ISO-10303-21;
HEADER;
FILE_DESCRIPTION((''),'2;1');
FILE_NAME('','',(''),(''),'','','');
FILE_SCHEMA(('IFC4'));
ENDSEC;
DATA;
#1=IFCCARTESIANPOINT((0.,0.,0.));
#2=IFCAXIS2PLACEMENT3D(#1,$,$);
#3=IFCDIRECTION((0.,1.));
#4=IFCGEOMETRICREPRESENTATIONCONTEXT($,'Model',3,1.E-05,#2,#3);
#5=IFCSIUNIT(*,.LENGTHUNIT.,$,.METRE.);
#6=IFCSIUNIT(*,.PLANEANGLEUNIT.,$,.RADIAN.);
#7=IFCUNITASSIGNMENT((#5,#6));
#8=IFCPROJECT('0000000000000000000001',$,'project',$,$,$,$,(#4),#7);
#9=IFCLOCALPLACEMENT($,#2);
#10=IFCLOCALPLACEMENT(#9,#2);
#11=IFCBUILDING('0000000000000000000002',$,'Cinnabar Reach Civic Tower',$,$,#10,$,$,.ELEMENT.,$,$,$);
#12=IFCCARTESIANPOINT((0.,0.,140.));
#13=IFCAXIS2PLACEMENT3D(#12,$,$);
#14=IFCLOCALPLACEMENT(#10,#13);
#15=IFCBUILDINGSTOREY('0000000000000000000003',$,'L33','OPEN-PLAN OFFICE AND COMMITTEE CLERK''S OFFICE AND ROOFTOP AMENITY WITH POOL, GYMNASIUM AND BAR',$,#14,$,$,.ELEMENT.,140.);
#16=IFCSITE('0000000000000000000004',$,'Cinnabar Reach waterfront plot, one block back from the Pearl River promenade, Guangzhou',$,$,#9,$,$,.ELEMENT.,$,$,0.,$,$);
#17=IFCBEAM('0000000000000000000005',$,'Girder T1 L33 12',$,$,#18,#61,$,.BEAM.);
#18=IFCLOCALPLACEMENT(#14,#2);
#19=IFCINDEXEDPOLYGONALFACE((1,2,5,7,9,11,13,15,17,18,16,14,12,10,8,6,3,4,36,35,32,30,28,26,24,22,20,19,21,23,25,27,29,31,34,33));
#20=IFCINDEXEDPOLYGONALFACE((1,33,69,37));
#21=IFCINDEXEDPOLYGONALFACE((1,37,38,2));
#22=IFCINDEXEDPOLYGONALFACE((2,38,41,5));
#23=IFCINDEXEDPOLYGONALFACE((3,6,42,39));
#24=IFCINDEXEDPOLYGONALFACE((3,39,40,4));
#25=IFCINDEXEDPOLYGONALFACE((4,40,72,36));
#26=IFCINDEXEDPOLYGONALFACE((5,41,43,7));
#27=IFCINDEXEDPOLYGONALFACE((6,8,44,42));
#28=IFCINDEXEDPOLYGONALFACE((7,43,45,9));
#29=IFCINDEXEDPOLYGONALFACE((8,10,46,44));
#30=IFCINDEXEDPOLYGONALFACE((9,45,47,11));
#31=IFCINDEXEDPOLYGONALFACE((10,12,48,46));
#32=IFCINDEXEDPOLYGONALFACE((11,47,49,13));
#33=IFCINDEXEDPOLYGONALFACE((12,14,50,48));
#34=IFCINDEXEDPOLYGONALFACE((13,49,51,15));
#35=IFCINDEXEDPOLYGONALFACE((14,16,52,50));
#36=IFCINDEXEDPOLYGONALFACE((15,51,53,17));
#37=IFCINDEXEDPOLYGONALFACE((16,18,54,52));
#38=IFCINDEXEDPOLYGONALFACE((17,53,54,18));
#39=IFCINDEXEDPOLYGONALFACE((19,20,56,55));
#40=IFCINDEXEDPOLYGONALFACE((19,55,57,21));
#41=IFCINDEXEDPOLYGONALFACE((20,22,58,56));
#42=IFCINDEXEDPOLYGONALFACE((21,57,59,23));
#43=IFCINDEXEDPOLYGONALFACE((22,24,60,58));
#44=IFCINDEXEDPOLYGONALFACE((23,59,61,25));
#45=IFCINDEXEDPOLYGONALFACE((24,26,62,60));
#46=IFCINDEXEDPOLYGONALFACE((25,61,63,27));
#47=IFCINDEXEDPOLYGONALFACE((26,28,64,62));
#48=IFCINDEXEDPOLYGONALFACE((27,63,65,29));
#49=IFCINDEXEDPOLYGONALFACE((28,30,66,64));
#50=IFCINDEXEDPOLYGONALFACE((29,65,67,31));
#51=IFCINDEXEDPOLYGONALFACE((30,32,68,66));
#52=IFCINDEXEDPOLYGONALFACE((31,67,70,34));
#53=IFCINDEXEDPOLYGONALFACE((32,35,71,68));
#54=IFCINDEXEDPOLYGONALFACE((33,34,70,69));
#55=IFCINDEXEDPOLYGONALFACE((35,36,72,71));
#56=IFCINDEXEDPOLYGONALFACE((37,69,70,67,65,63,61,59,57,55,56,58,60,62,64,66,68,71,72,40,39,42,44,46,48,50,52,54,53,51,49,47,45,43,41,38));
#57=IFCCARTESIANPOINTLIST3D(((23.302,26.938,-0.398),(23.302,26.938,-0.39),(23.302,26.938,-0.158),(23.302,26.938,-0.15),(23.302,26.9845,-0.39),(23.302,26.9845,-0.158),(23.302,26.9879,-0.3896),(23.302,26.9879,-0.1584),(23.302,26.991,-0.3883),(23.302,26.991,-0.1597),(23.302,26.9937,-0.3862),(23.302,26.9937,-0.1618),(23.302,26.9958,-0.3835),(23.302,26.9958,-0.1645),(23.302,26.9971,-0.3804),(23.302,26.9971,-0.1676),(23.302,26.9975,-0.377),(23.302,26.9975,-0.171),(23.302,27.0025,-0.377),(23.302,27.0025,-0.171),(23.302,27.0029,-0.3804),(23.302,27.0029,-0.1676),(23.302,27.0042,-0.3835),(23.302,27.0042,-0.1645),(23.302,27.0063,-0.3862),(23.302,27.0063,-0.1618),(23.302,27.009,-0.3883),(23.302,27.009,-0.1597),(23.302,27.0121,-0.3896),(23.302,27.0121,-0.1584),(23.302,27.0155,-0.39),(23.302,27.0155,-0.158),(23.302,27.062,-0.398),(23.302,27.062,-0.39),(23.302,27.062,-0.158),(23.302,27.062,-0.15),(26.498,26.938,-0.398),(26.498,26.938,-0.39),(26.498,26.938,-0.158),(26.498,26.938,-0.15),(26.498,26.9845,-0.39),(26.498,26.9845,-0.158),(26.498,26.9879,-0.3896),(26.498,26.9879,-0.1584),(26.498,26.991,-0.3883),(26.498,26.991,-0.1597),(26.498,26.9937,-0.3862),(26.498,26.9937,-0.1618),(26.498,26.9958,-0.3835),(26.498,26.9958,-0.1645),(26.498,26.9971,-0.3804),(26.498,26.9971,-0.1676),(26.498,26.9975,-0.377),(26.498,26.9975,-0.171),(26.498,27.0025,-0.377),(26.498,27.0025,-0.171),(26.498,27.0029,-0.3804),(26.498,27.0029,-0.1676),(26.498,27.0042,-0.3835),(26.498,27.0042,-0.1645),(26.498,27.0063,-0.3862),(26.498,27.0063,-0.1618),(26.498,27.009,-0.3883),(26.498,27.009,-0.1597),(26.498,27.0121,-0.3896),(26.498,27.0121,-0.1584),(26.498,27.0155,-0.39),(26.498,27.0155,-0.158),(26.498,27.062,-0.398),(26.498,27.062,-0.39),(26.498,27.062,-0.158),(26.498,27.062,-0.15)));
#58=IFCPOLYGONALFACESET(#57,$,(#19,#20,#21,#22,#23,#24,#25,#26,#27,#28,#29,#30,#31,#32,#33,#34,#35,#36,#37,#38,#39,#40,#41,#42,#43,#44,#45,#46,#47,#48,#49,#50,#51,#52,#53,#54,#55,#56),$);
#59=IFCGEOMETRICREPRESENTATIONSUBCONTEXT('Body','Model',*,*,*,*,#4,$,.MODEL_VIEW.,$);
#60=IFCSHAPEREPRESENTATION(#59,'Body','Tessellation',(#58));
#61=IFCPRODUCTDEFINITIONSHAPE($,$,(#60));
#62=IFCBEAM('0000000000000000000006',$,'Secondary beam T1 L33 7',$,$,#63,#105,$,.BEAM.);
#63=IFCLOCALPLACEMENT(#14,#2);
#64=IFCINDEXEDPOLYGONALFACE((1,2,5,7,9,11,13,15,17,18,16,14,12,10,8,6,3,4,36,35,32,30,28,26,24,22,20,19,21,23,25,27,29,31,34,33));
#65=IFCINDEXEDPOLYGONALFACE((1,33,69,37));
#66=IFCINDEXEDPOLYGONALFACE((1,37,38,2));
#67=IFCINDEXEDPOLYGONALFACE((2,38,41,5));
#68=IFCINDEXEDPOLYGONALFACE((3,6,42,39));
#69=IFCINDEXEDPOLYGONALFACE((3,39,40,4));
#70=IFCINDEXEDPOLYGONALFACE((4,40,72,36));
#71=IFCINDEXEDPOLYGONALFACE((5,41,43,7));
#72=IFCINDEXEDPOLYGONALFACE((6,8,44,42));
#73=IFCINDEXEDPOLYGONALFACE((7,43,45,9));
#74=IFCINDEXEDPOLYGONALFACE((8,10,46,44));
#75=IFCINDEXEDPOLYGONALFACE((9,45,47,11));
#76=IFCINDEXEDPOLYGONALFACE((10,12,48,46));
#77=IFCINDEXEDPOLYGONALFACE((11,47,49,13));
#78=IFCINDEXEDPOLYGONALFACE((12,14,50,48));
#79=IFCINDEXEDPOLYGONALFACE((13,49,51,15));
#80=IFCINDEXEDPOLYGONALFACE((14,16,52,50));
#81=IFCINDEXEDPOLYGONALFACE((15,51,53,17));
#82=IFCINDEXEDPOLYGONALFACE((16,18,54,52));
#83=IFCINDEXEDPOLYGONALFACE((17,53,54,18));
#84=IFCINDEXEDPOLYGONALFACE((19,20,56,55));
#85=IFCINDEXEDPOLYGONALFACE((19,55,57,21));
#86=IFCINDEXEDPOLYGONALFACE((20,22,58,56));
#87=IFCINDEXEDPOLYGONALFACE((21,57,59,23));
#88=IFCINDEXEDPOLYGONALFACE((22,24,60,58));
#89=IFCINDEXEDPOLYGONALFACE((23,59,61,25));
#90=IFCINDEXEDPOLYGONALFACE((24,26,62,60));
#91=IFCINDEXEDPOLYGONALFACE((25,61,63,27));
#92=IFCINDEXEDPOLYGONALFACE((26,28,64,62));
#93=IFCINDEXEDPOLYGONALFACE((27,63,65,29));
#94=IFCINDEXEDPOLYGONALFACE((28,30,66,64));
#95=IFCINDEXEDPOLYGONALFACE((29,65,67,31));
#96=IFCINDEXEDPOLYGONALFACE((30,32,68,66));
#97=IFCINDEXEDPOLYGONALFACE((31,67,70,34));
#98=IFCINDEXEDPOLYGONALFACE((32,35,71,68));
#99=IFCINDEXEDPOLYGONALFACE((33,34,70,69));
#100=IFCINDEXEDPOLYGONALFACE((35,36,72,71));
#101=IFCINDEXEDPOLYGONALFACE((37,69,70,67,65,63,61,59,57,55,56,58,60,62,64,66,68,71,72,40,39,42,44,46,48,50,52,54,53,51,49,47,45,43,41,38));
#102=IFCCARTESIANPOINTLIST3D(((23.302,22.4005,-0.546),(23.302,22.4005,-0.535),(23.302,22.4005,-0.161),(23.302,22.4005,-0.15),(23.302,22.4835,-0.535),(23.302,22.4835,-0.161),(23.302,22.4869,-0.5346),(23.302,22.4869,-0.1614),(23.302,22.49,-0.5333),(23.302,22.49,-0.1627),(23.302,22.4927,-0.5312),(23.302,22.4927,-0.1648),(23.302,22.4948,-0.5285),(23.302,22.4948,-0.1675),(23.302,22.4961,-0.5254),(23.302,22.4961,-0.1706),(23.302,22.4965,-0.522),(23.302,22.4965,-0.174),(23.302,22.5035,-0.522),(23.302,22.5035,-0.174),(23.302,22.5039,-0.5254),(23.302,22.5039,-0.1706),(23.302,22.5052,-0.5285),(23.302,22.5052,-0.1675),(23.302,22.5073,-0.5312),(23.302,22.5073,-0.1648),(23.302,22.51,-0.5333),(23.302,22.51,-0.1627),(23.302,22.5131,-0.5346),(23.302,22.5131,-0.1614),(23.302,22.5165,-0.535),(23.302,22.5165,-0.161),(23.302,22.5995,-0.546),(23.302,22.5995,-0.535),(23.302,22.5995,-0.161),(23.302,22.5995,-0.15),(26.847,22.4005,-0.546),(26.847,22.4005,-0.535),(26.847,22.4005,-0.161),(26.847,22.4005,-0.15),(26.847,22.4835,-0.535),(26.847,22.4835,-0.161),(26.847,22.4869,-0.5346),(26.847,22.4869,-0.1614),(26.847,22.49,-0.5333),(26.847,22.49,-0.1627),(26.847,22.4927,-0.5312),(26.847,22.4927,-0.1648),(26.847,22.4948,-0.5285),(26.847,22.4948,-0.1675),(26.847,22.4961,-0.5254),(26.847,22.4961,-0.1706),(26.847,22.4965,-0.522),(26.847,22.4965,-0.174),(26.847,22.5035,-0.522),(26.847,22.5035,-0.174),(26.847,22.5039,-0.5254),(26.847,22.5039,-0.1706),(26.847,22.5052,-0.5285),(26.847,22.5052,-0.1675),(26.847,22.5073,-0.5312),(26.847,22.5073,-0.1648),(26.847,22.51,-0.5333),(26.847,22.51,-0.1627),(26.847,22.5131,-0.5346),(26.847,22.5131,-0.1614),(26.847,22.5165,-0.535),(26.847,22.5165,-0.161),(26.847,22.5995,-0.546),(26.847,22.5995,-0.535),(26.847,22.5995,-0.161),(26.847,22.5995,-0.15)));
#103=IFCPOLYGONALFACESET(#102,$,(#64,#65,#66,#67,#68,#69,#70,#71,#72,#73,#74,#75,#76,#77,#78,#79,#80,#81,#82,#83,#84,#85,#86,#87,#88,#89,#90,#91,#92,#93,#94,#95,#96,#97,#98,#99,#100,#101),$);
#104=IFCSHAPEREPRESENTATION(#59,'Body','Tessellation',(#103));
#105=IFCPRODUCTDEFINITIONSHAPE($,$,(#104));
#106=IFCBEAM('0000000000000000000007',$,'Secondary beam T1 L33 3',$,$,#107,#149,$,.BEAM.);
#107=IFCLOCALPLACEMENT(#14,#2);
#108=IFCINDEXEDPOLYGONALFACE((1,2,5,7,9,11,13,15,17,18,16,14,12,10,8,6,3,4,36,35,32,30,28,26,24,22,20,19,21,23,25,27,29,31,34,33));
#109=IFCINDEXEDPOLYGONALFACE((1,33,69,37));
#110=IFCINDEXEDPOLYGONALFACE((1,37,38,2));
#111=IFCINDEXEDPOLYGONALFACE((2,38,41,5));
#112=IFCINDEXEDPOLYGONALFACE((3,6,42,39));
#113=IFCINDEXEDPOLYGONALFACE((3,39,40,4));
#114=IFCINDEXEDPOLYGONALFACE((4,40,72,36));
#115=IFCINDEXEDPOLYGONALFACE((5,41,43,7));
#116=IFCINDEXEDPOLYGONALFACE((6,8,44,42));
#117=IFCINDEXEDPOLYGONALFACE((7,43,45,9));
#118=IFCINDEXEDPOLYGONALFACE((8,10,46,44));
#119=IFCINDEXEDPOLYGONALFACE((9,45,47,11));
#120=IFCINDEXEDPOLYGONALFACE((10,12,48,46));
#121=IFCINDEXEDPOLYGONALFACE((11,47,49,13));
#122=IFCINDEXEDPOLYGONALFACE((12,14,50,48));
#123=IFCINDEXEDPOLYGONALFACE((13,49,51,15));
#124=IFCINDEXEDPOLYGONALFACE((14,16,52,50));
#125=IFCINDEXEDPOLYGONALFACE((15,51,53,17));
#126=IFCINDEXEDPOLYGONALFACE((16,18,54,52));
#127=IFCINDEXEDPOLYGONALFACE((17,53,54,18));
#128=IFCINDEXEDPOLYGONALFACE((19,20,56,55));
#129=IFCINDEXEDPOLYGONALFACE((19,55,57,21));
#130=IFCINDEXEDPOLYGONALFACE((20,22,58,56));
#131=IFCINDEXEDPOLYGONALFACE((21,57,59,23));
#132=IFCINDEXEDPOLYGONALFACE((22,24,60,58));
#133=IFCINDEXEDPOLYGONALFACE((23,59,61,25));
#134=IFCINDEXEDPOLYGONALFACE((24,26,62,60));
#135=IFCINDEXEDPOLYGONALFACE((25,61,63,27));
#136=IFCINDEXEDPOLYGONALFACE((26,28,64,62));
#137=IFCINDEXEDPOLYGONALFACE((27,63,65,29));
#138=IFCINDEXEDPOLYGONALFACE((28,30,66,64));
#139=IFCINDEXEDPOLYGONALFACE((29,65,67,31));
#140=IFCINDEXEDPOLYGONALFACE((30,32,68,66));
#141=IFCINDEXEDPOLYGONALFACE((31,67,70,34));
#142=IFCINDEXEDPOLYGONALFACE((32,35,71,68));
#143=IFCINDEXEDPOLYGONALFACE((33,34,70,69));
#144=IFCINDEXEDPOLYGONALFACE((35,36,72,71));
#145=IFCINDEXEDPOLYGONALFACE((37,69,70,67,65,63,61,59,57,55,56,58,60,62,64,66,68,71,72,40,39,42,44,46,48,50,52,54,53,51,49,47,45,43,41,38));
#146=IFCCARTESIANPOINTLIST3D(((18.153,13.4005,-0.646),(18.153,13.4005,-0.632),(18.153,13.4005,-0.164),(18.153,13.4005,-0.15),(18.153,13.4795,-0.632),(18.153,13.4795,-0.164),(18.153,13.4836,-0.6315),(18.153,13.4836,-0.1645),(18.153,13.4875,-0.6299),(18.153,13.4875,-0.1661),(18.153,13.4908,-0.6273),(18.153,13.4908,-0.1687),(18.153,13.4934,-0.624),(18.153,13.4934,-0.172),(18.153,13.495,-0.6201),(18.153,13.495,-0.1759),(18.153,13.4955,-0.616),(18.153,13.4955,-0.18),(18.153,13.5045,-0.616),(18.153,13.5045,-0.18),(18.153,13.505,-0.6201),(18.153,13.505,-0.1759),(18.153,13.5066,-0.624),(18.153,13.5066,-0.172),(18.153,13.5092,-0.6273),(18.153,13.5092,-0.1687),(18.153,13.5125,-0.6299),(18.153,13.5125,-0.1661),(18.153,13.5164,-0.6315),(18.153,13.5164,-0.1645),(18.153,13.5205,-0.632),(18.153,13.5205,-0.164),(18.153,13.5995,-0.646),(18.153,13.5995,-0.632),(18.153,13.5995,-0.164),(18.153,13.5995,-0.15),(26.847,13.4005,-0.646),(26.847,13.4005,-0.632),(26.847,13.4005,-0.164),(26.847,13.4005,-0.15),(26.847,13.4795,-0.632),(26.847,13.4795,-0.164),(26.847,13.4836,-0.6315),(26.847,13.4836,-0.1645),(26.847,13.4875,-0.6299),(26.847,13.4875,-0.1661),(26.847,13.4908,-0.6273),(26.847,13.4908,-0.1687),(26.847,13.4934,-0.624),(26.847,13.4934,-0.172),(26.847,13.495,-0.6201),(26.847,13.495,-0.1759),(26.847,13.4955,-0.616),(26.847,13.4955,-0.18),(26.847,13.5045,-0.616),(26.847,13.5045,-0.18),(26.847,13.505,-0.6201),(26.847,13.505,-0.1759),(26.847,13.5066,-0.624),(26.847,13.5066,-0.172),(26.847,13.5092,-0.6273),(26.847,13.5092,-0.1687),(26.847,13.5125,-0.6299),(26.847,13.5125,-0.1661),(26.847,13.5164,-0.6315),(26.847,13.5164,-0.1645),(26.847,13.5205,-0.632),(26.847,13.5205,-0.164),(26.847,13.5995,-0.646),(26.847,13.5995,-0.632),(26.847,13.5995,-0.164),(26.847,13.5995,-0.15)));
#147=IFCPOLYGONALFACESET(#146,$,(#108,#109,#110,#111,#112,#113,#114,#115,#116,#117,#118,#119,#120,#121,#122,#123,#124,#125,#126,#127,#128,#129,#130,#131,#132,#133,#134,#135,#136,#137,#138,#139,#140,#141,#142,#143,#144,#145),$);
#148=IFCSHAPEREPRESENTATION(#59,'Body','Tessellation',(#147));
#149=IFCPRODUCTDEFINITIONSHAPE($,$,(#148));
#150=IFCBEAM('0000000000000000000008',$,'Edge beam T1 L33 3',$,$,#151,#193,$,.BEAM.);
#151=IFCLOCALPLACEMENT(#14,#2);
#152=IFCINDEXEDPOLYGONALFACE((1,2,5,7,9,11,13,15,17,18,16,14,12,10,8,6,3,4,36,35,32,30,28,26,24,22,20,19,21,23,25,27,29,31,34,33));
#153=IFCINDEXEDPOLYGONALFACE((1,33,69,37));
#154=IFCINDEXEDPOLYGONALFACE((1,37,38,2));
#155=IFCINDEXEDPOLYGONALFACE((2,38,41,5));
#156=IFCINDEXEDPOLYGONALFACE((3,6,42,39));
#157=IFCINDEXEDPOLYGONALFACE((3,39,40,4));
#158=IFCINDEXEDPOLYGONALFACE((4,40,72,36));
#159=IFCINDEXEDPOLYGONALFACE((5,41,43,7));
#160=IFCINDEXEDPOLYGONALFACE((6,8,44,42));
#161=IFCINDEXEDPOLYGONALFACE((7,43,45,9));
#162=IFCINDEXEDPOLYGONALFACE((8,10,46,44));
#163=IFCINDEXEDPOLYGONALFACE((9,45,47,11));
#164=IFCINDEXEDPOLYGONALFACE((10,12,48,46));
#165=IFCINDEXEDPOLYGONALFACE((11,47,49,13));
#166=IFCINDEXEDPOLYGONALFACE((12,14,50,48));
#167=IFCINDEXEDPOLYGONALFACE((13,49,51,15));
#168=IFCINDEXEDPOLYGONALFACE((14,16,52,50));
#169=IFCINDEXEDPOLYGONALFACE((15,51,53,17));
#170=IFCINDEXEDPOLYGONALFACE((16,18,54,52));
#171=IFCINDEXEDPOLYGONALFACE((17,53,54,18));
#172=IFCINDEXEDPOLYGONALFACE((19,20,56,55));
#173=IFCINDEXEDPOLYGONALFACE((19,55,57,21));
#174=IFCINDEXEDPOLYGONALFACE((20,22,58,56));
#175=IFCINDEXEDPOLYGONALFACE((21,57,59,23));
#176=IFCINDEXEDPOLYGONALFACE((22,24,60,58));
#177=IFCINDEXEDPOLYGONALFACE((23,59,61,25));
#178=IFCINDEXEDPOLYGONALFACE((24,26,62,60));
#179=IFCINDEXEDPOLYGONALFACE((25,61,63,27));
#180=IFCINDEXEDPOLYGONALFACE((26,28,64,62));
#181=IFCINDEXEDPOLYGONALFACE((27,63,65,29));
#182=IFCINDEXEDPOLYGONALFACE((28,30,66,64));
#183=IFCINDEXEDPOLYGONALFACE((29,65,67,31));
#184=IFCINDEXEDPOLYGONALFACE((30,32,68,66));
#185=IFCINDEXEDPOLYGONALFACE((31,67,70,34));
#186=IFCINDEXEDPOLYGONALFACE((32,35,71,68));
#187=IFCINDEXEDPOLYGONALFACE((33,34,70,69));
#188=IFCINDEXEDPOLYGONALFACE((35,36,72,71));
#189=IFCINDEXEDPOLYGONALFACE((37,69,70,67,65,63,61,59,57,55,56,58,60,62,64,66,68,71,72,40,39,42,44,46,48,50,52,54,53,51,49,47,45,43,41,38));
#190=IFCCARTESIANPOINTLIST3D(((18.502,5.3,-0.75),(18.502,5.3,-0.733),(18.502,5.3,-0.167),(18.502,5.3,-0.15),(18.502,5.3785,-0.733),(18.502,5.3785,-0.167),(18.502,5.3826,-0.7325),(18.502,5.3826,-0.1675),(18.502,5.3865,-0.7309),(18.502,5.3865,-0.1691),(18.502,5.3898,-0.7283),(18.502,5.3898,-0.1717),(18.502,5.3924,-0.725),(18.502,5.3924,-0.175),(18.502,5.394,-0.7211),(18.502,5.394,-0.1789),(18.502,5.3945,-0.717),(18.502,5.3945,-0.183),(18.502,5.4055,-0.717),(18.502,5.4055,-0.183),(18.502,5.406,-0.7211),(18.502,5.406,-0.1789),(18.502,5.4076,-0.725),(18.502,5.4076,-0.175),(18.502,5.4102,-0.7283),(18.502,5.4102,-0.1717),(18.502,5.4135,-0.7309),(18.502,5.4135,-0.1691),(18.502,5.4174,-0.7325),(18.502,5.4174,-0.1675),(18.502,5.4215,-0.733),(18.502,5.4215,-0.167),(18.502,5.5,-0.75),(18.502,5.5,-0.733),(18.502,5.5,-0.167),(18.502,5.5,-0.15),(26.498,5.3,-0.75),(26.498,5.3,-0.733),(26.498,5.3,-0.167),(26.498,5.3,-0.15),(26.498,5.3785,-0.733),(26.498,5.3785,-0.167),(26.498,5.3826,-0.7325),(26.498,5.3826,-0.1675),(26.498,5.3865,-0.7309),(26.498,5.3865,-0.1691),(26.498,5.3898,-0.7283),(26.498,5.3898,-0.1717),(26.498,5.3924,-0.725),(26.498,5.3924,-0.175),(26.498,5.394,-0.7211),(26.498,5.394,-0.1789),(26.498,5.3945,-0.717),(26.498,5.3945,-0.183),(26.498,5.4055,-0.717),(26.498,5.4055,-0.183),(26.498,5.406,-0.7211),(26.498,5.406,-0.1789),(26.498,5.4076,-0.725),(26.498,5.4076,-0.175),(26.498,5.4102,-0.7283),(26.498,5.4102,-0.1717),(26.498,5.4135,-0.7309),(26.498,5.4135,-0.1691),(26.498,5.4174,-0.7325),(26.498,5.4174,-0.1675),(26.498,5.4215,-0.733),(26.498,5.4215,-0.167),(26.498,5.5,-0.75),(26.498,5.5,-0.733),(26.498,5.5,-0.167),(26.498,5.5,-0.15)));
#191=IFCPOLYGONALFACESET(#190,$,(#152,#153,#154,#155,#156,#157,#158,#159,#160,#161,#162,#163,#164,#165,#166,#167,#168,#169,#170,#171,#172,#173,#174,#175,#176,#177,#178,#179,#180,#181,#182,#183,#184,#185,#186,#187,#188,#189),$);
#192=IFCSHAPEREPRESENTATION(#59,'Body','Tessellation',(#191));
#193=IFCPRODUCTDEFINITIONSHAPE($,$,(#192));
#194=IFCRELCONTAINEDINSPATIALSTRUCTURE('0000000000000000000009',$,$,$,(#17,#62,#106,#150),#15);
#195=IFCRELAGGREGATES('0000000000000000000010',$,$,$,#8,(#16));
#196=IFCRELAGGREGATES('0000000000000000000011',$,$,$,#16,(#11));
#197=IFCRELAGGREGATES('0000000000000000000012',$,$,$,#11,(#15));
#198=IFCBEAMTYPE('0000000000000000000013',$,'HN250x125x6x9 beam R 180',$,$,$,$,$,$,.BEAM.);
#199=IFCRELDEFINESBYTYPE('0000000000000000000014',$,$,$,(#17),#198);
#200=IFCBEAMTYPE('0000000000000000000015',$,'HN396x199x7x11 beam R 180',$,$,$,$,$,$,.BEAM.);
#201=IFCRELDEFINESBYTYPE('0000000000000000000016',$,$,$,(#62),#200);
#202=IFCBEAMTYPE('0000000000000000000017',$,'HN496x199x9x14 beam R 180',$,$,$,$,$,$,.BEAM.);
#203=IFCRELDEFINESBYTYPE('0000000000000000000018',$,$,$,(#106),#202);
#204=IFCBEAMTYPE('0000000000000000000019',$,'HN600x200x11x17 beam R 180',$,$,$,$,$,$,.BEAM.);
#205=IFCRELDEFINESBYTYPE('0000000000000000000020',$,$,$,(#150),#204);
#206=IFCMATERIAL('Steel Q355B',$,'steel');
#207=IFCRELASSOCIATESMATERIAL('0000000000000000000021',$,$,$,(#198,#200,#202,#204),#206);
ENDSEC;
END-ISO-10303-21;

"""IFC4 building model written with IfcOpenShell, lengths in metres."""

from ifc_helpers import new_model, si_unit, direction, frame, origin, origin_2d, place, context, subcontext, project, spatial, i_section, extrude, material, material_profile, profile_set, type_object, element, save


model = new_model("IFC4")

# Units and contexts
model_context = context("Model", 3, precision=1e-05, world=origin(), true_north=direction((0.0, 1.0)))
body_context = subcontext(model_context, "Body", "Model", "MODEL_VIEW")
ifc_project = project(units=[si_unit("LENGTHUNIT", "METRE"), si_unit("PLANEANGLEUNIT", "RADIAN")], contexts=[model_context])

# Site, building, storey
site_placement = place(None, origin())
site = spatial("IfcSite", under=ifc_project, at=site_placement, Name="Cinnabar Reach waterfront plot, one block back from the Pearl River promenade, Guangzhou", CompositionType="ELEMENT", RefElevation=0.0)
building_placement = place(site_placement, origin())
building = spatial("IfcBuilding", under=site, at=building_placement, Name="Cinnabar Reach Civic Tower", CompositionType="ELEMENT")
storey_placement = place(building_placement, frame((0.0, 0.0, 140.0)))
storey = spatial("IfcBuildingStorey", under=building, at=storey_placement, Name="L33", Description="OPEN-PLAN OFFICE AND COMMITTEE CLERK'S OFFICE AND ROOFTOP AMENITY WITH POOL, GYMNASIUM AND BAR", CompositionType="ELEMENT", Elevation=140.0)

# Beams
ifc_material_1 = material(Name="Steel Q355B", Category="steel")
ifc_material_profile_1 = material_profile(ifc_material_1, i_section(OverallWidth=0.124, OverallDepth=0.248, WebThickness=0.005, FlangeThickness=0.008, FilletRadius=0.013, at=origin_2d()), Name="HN250x125x6x9")
ifc_profile_set_1 = profile_set([ifc_material_profile_1], Name="Steel Q355B")
beam_type_1 = type_object("IfcBeamType", Name="HN250x125x6x9 beam R 180", PredefinedType="BEAM", material=ifc_profile_set_1)
beam_1_placement = place(storey_placement, frame((23.302, 27.0, -0.274), z_axis=(1.0, 0.0, 0.0), x_axis=(0.0, 1.0, 0.0)))
element("IfcBeam", 1, at=beam_1_placement, inside=storey, type_object=beam_type_1, Name="Girder T1 L33 12", PredefinedType="BEAM", context=body_context, shape_type="SweptSolid", body=[
    extrude(i_section(OverallWidth=0.124, OverallDepth=0.248, WebThickness=0.005, FlangeThickness=0.008, FilletRadius=0.013, at=origin_2d()), origin(), (0.0, 0.0, 1.0), 3.196),
])
ifc_material_profile_2 = material_profile(ifc_material_1, i_section(OverallWidth=0.199, OverallDepth=0.396, WebThickness=0.007, FlangeThickness=0.011, FilletRadius=0.013, at=origin_2d()), Name="HN396x199x7x11")
ifc_profile_set_2 = profile_set([ifc_material_profile_2], Name="Steel Q355B")
beam_type_2 = type_object("IfcBeamType", Name="HN396x199x7x11 beam R 180", PredefinedType="BEAM", material=ifc_profile_set_2)
beam_2_placement = place(storey_placement, frame((23.302, 22.5, -0.348), z_axis=(1.0, 0.0, 0.0), x_axis=(0.0, 1.0, 0.0)))
element("IfcBeam", 2, at=beam_2_placement, inside=storey, type_object=beam_type_2, Name="Secondary beam T1 L33 7", PredefinedType="BEAM", context=body_context, shape_type="SweptSolid", body=[
    extrude(i_section(OverallWidth=0.199, OverallDepth=0.396, WebThickness=0.007, FlangeThickness=0.011, FilletRadius=0.013, at=origin_2d()), origin(), (0.0, 0.0, 1.0), 3.545),
])
ifc_material_profile_3 = material_profile(ifc_material_1, i_section(OverallWidth=0.199, OverallDepth=0.496, WebThickness=0.009, FlangeThickness=0.014, FilletRadius=0.016, at=origin_2d()), Name="HN496x199x9x14")
ifc_profile_set_3 = profile_set([ifc_material_profile_3], Name="Steel Q355B")
beam_type_3 = type_object("IfcBeamType", Name="HN496x199x9x14 beam R 180", PredefinedType="BEAM", material=ifc_profile_set_3)
beam_3_placement = place(storey_placement, frame((18.153, 13.5, -0.398), z_axis=(1.0, 0.0, 0.0), x_axis=(0.0, 1.0, 0.0)))
element("IfcBeam", 3, at=beam_3_placement, inside=storey, type_object=beam_type_3, Name="Secondary beam T1 L33 3", PredefinedType="BEAM", context=body_context, shape_type="SweptSolid", body=[
    extrude(i_section(OverallWidth=0.199, OverallDepth=0.496, WebThickness=0.009, FlangeThickness=0.014, FilletRadius=0.016, at=origin_2d()), origin(), (0.0, 0.0, 1.0), 8.694),
])
ifc_material_profile_4 = material_profile(ifc_material_1, i_section(OverallWidth=0.2, OverallDepth=0.6, WebThickness=0.011, FlangeThickness=0.017, FilletRadius=0.016, at=origin_2d()), Name="HN600x200x11x17")
ifc_profile_set_4 = profile_set([ifc_material_profile_4], Name="Steel Q355B")
beam_type_4 = type_object("IfcBeamType", Name="HN600x200x11x17 beam R 180", PredefinedType="BEAM", material=ifc_profile_set_4)
beam_4_placement = place(storey_placement, frame((18.502, 5.4, -0.45), z_axis=(1.0, 0.0, 0.0), x_axis=(0.0, 1.0, 0.0)))
element("IfcBeam", 4, at=beam_4_placement, inside=storey, type_object=beam_type_4, Name="Edge beam T1 L33 3", PredefinedType="BEAM", context=body_context, shape_type="SweptSolid", body=[
    extrude(i_section(OverallWidth=0.2, OverallDepth=0.6, WebThickness=0.011, FlangeThickness=0.017, FilletRadius=0.016, at=origin_2d()), origin(), (0.0, 0.0, 1.0), 7.996),
])

save(model, "model.ifc")
